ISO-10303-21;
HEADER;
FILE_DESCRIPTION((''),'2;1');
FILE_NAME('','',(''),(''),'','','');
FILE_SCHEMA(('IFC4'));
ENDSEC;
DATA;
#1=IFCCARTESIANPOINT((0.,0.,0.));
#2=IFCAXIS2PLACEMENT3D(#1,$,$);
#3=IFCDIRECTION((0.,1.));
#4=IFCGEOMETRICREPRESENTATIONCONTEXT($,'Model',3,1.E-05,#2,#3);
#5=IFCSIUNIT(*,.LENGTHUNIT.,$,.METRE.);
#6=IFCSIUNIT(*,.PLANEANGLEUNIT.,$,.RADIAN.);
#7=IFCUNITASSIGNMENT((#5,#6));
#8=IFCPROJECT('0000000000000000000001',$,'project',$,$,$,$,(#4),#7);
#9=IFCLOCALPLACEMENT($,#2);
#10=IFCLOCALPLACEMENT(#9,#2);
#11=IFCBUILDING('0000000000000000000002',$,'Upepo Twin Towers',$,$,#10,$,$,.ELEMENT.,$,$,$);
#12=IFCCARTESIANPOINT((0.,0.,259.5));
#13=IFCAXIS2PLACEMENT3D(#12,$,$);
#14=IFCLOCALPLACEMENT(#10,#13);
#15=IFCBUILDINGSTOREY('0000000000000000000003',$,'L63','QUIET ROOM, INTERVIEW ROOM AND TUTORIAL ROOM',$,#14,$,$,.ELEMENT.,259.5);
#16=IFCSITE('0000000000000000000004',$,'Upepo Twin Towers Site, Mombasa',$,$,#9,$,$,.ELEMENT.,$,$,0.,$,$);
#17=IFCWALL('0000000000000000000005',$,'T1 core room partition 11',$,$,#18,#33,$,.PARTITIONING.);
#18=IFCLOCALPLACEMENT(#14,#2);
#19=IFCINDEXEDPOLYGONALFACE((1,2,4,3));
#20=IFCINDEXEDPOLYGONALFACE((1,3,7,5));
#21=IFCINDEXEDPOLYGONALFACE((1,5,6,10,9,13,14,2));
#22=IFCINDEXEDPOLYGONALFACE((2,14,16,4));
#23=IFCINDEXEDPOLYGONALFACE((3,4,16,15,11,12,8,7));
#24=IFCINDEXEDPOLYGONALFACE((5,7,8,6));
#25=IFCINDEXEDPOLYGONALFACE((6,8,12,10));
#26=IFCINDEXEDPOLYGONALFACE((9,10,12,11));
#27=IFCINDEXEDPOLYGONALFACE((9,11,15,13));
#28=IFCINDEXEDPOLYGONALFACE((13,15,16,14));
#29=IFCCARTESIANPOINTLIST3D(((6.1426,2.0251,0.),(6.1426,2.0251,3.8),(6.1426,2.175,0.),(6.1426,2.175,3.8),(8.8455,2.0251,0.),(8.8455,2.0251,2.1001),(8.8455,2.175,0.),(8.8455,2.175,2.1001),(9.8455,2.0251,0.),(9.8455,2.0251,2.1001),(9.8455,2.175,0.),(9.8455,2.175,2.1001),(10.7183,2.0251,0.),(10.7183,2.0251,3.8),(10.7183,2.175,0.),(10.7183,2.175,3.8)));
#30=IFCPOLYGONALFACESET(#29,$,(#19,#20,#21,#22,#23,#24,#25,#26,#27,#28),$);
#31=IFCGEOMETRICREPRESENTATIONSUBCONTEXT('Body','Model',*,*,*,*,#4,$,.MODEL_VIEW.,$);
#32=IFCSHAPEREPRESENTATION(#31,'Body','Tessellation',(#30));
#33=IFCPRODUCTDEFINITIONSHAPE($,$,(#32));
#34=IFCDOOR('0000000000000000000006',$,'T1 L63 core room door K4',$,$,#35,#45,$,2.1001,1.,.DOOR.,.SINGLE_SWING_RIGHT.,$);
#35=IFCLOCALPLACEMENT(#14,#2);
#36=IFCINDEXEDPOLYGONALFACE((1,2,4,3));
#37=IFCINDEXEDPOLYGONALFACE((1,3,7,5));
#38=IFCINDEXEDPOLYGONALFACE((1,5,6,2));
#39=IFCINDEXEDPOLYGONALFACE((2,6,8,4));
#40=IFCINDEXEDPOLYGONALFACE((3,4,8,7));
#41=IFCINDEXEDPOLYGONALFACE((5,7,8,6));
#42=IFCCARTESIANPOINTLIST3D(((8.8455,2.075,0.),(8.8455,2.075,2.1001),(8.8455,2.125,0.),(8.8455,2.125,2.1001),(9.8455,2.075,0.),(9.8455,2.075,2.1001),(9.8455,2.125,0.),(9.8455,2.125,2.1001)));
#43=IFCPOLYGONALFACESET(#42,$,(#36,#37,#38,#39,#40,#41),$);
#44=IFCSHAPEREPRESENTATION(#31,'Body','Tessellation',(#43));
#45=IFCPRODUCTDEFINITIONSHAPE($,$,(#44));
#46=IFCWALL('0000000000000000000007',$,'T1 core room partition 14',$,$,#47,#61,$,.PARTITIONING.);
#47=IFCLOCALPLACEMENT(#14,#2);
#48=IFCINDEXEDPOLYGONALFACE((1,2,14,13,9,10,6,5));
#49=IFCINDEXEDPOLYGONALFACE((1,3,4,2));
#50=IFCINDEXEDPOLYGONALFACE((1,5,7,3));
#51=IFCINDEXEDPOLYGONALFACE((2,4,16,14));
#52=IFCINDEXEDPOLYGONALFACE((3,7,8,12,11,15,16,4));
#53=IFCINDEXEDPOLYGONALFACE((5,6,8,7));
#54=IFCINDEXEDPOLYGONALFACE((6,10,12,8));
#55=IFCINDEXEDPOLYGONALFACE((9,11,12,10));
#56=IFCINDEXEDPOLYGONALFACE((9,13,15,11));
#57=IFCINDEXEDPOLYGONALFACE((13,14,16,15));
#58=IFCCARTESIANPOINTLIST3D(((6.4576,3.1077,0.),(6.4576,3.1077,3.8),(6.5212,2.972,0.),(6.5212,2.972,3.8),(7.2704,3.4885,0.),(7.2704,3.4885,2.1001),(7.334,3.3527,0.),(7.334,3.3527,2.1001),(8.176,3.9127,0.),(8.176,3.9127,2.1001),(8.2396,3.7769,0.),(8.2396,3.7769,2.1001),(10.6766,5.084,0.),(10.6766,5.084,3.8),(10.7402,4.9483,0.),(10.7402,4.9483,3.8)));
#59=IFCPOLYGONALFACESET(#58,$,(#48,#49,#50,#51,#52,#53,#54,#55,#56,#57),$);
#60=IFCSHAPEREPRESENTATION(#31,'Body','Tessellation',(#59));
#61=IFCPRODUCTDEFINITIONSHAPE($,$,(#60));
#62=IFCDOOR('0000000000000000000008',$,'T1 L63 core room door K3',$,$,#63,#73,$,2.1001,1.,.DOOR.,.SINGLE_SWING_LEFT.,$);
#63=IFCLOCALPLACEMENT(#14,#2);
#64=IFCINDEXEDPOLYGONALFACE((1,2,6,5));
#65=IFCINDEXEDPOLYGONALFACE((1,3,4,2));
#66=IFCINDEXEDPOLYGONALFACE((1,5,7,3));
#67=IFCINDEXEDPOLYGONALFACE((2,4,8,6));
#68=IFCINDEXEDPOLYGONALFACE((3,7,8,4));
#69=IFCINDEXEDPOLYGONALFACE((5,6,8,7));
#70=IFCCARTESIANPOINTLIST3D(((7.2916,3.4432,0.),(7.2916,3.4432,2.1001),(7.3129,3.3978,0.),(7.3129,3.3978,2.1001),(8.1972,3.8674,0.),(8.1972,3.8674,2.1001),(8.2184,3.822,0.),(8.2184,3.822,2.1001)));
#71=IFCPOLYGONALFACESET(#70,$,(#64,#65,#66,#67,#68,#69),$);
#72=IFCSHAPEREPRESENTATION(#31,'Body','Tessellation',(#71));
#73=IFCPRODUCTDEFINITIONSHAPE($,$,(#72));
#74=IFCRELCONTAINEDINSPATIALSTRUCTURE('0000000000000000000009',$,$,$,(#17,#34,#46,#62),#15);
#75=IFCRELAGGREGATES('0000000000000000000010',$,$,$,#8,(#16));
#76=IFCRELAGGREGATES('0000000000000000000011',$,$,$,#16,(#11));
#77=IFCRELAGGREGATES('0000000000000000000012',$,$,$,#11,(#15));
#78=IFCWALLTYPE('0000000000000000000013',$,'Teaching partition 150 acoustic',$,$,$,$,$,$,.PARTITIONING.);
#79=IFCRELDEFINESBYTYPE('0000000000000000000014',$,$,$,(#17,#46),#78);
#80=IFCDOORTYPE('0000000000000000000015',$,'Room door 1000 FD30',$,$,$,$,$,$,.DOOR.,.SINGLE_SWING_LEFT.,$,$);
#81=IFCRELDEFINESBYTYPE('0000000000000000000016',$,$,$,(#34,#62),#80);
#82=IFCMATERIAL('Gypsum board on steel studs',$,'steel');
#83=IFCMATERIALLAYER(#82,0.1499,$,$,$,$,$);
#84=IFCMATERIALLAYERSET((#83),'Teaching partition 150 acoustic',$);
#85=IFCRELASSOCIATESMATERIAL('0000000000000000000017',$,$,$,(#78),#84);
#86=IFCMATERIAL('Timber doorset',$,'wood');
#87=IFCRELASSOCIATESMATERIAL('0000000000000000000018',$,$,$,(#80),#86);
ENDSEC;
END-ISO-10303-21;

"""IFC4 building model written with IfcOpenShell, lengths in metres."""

from ifc_helpers import new_model, si_unit, direction, frame, frame_2d, origin, place, context, subcontext, project, spatial, rectangle, extrude, material, layer, layer_set, type_object, element, fill, save


model = new_model("IFC4")

# Units and contexts
model_context = context("Model", 3, precision=1e-05, world=origin(), true_north=direction((0.0, 1.0)))
body_context = subcontext(model_context, "Body", "Model", "MODEL_VIEW")
ifc_project = project(units=[si_unit("LENGTHUNIT", "METRE"), si_unit("PLANEANGLEUNIT", "RADIAN")], contexts=[model_context])

# Site, building, storey
site_placement = place(None, origin())
site = spatial("IfcSite", under=ifc_project, at=site_placement, Name="Upepo Twin Towers Site, Mombasa", CompositionType="ELEMENT", RefElevation=0.0)
building_placement = place(site_placement, origin())
building = spatial("IfcBuilding", under=site, at=building_placement, Name="Upepo Twin Towers", CompositionType="ELEMENT")
storey_placement = place(building_placement, frame((0.0, 0.0, 259.5)))
storey = spatial("IfcBuildingStorey", under=building, at=storey_placement, Name="L63", Description="QUIET ROOM, INTERVIEW ROOM AND TUTORIAL ROOM", CompositionType="ELEMENT", Elevation=259.5)

# Shared definitions
ifc_material_1 = material(Name="Gypsum board on steel studs", Category="steel")
ifc_layer_1 = layer(ifc_material_1, 0.1499)
ifc_layer_set_1 = layer_set([ifc_layer_1], Name="Teaching partition 150 acoustic")
wall_type_1 = type_object("IfcWallType", Name="Teaching partition 150 acoustic", PredefinedType="PARTITIONING", material=ifc_layer_set_1)

# Walls, openings, doors
wall_1_placement = place(storey_placement, frame((6.1426, 2.1001, 0.0), z_axis=(0.0, 0.0, 1.0), x_axis=(1.0, 0.0, 0.0)))
wall_1 = element("IfcWall", 1, at=wall_1_placement, inside=storey, type_object=wall_type_1, Name="T1 core room partition 11", PredefinedType="PARTITIONING", context=body_context, shape_type="SweptSolid", body=[
    extrude(rectangle(XDim=4.5757, YDim=0.1499, at=frame_2d((2.2878, 0.0))), origin(), (0.0, 0.0, 1.0), 3.8),
])
opening_1_placement = place(wall_1_placement, frame((2.7029, 0.0, 0.0)))
opening_1 = element("IfcOpeningElement", 2, at=opening_1_placement, cuts=wall_1, PredefinedType="OPENING", context=body_context, shape_type="SweptSolid", body=[
    extrude(rectangle(XDim=1.0, YDim=2.1001, at=frame_2d((0.5, 1.05))), frame((0.0, 0.085, 0.0), z_axis=(0.0, -1.0, 0.0), x_axis=(1.0, 0.0, 0.0)), (0.0, 0.0, 1.0), 0.1699),
])
ifc_material_2 = material(Name="Timber doorset", Category="wood")
door_type_1 = type_object("IfcDoorType", Name="Room door 1000 FD30", OperationType="SINGLE_SWING_LEFT", PredefinedType="DOOR", material=ifc_material_2)
door_1_placement = place(opening_1_placement, origin())
door_1 = element("IfcDoor", 3, at=door_1_placement, inside=storey, type_object=door_type_1, Name="T1 L63 core room door K4", OperationType="SINGLE_SWING_RIGHT", OverallHeight=2.1001, OverallWidth=1.0, PredefinedType="DOOR", context=body_context, shape_type="SweptSolid", body=[
    extrude(rectangle(XDim=1.0, YDim=2.1001, at=frame_2d((0.5, 1.05))), frame((0.0, 0.0249, 0.0), z_axis=(0.0, -1.0, 0.0), x_axis=(1.0, 0.0, 0.0)), (0.0, 0.0, 1.0), 0.05),
])
fill(opening_1, door_1)
wall_2_placement = place(storey_placement, frame((6.4893, 3.0398, 0.0), z_axis=(0.0, 0.0, 1.0), x_axis=(0.905569, 0.424199, 0.0)))
wall_2 = element("IfcWall", 4, at=wall_2_placement, inside=storey, type_object=wall_type_1, Name="T1 core room partition 14", PredefinedType="PARTITIONING", context=body_context, shape_type="SweptSolid", body=[
    extrude(rectangle(XDim=4.6589, YDim=0.1499, at=frame_2d((2.3296, 0.0))), origin(), (0.0, 0.0, 1.0), 3.8),
])
opening_2_placement = place(wall_2_placement, frame((0.8977, 0.0, 0.0)))
opening_2 = element("IfcOpeningElement", 5, at=opening_2_placement, cuts=wall_2, PredefinedType="OPENING", context=body_context, shape_type="SweptSolid", body=[
    extrude(rectangle(XDim=1.0, YDim=2.1001, at=frame_2d((0.5, 1.05))), frame((0.0, 0.085, 0.0), z_axis=(0.0, -1.0, 0.0), x_axis=(1.0, 0.0, 0.0)), (0.0, 0.0, 1.0), 0.1699),
])
door_2_placement = place(opening_2_placement, origin())
door_2 = element("IfcDoor", 6, at=door_2_placement, inside=storey, type_object=door_type_1, Name="T1 L63 core room door K3", OperationType="SINGLE_SWING_LEFT", OverallHeight=2.1001, OverallWidth=1.0, PredefinedType="DOOR", context=body_context, shape_type="SweptSolid", body=[
    extrude(rectangle(XDim=1.0, YDim=2.1001, at=frame_2d((0.5, 1.05))), frame((0.0, 0.0249, 0.0), z_axis=(0.0, -1.0, 0.0), x_axis=(1.0, 0.0, 0.0)), (0.0, 0.0, 1.0), 0.05),
])
fill(opening_2, door_2)

save(model, "model.ifc")
